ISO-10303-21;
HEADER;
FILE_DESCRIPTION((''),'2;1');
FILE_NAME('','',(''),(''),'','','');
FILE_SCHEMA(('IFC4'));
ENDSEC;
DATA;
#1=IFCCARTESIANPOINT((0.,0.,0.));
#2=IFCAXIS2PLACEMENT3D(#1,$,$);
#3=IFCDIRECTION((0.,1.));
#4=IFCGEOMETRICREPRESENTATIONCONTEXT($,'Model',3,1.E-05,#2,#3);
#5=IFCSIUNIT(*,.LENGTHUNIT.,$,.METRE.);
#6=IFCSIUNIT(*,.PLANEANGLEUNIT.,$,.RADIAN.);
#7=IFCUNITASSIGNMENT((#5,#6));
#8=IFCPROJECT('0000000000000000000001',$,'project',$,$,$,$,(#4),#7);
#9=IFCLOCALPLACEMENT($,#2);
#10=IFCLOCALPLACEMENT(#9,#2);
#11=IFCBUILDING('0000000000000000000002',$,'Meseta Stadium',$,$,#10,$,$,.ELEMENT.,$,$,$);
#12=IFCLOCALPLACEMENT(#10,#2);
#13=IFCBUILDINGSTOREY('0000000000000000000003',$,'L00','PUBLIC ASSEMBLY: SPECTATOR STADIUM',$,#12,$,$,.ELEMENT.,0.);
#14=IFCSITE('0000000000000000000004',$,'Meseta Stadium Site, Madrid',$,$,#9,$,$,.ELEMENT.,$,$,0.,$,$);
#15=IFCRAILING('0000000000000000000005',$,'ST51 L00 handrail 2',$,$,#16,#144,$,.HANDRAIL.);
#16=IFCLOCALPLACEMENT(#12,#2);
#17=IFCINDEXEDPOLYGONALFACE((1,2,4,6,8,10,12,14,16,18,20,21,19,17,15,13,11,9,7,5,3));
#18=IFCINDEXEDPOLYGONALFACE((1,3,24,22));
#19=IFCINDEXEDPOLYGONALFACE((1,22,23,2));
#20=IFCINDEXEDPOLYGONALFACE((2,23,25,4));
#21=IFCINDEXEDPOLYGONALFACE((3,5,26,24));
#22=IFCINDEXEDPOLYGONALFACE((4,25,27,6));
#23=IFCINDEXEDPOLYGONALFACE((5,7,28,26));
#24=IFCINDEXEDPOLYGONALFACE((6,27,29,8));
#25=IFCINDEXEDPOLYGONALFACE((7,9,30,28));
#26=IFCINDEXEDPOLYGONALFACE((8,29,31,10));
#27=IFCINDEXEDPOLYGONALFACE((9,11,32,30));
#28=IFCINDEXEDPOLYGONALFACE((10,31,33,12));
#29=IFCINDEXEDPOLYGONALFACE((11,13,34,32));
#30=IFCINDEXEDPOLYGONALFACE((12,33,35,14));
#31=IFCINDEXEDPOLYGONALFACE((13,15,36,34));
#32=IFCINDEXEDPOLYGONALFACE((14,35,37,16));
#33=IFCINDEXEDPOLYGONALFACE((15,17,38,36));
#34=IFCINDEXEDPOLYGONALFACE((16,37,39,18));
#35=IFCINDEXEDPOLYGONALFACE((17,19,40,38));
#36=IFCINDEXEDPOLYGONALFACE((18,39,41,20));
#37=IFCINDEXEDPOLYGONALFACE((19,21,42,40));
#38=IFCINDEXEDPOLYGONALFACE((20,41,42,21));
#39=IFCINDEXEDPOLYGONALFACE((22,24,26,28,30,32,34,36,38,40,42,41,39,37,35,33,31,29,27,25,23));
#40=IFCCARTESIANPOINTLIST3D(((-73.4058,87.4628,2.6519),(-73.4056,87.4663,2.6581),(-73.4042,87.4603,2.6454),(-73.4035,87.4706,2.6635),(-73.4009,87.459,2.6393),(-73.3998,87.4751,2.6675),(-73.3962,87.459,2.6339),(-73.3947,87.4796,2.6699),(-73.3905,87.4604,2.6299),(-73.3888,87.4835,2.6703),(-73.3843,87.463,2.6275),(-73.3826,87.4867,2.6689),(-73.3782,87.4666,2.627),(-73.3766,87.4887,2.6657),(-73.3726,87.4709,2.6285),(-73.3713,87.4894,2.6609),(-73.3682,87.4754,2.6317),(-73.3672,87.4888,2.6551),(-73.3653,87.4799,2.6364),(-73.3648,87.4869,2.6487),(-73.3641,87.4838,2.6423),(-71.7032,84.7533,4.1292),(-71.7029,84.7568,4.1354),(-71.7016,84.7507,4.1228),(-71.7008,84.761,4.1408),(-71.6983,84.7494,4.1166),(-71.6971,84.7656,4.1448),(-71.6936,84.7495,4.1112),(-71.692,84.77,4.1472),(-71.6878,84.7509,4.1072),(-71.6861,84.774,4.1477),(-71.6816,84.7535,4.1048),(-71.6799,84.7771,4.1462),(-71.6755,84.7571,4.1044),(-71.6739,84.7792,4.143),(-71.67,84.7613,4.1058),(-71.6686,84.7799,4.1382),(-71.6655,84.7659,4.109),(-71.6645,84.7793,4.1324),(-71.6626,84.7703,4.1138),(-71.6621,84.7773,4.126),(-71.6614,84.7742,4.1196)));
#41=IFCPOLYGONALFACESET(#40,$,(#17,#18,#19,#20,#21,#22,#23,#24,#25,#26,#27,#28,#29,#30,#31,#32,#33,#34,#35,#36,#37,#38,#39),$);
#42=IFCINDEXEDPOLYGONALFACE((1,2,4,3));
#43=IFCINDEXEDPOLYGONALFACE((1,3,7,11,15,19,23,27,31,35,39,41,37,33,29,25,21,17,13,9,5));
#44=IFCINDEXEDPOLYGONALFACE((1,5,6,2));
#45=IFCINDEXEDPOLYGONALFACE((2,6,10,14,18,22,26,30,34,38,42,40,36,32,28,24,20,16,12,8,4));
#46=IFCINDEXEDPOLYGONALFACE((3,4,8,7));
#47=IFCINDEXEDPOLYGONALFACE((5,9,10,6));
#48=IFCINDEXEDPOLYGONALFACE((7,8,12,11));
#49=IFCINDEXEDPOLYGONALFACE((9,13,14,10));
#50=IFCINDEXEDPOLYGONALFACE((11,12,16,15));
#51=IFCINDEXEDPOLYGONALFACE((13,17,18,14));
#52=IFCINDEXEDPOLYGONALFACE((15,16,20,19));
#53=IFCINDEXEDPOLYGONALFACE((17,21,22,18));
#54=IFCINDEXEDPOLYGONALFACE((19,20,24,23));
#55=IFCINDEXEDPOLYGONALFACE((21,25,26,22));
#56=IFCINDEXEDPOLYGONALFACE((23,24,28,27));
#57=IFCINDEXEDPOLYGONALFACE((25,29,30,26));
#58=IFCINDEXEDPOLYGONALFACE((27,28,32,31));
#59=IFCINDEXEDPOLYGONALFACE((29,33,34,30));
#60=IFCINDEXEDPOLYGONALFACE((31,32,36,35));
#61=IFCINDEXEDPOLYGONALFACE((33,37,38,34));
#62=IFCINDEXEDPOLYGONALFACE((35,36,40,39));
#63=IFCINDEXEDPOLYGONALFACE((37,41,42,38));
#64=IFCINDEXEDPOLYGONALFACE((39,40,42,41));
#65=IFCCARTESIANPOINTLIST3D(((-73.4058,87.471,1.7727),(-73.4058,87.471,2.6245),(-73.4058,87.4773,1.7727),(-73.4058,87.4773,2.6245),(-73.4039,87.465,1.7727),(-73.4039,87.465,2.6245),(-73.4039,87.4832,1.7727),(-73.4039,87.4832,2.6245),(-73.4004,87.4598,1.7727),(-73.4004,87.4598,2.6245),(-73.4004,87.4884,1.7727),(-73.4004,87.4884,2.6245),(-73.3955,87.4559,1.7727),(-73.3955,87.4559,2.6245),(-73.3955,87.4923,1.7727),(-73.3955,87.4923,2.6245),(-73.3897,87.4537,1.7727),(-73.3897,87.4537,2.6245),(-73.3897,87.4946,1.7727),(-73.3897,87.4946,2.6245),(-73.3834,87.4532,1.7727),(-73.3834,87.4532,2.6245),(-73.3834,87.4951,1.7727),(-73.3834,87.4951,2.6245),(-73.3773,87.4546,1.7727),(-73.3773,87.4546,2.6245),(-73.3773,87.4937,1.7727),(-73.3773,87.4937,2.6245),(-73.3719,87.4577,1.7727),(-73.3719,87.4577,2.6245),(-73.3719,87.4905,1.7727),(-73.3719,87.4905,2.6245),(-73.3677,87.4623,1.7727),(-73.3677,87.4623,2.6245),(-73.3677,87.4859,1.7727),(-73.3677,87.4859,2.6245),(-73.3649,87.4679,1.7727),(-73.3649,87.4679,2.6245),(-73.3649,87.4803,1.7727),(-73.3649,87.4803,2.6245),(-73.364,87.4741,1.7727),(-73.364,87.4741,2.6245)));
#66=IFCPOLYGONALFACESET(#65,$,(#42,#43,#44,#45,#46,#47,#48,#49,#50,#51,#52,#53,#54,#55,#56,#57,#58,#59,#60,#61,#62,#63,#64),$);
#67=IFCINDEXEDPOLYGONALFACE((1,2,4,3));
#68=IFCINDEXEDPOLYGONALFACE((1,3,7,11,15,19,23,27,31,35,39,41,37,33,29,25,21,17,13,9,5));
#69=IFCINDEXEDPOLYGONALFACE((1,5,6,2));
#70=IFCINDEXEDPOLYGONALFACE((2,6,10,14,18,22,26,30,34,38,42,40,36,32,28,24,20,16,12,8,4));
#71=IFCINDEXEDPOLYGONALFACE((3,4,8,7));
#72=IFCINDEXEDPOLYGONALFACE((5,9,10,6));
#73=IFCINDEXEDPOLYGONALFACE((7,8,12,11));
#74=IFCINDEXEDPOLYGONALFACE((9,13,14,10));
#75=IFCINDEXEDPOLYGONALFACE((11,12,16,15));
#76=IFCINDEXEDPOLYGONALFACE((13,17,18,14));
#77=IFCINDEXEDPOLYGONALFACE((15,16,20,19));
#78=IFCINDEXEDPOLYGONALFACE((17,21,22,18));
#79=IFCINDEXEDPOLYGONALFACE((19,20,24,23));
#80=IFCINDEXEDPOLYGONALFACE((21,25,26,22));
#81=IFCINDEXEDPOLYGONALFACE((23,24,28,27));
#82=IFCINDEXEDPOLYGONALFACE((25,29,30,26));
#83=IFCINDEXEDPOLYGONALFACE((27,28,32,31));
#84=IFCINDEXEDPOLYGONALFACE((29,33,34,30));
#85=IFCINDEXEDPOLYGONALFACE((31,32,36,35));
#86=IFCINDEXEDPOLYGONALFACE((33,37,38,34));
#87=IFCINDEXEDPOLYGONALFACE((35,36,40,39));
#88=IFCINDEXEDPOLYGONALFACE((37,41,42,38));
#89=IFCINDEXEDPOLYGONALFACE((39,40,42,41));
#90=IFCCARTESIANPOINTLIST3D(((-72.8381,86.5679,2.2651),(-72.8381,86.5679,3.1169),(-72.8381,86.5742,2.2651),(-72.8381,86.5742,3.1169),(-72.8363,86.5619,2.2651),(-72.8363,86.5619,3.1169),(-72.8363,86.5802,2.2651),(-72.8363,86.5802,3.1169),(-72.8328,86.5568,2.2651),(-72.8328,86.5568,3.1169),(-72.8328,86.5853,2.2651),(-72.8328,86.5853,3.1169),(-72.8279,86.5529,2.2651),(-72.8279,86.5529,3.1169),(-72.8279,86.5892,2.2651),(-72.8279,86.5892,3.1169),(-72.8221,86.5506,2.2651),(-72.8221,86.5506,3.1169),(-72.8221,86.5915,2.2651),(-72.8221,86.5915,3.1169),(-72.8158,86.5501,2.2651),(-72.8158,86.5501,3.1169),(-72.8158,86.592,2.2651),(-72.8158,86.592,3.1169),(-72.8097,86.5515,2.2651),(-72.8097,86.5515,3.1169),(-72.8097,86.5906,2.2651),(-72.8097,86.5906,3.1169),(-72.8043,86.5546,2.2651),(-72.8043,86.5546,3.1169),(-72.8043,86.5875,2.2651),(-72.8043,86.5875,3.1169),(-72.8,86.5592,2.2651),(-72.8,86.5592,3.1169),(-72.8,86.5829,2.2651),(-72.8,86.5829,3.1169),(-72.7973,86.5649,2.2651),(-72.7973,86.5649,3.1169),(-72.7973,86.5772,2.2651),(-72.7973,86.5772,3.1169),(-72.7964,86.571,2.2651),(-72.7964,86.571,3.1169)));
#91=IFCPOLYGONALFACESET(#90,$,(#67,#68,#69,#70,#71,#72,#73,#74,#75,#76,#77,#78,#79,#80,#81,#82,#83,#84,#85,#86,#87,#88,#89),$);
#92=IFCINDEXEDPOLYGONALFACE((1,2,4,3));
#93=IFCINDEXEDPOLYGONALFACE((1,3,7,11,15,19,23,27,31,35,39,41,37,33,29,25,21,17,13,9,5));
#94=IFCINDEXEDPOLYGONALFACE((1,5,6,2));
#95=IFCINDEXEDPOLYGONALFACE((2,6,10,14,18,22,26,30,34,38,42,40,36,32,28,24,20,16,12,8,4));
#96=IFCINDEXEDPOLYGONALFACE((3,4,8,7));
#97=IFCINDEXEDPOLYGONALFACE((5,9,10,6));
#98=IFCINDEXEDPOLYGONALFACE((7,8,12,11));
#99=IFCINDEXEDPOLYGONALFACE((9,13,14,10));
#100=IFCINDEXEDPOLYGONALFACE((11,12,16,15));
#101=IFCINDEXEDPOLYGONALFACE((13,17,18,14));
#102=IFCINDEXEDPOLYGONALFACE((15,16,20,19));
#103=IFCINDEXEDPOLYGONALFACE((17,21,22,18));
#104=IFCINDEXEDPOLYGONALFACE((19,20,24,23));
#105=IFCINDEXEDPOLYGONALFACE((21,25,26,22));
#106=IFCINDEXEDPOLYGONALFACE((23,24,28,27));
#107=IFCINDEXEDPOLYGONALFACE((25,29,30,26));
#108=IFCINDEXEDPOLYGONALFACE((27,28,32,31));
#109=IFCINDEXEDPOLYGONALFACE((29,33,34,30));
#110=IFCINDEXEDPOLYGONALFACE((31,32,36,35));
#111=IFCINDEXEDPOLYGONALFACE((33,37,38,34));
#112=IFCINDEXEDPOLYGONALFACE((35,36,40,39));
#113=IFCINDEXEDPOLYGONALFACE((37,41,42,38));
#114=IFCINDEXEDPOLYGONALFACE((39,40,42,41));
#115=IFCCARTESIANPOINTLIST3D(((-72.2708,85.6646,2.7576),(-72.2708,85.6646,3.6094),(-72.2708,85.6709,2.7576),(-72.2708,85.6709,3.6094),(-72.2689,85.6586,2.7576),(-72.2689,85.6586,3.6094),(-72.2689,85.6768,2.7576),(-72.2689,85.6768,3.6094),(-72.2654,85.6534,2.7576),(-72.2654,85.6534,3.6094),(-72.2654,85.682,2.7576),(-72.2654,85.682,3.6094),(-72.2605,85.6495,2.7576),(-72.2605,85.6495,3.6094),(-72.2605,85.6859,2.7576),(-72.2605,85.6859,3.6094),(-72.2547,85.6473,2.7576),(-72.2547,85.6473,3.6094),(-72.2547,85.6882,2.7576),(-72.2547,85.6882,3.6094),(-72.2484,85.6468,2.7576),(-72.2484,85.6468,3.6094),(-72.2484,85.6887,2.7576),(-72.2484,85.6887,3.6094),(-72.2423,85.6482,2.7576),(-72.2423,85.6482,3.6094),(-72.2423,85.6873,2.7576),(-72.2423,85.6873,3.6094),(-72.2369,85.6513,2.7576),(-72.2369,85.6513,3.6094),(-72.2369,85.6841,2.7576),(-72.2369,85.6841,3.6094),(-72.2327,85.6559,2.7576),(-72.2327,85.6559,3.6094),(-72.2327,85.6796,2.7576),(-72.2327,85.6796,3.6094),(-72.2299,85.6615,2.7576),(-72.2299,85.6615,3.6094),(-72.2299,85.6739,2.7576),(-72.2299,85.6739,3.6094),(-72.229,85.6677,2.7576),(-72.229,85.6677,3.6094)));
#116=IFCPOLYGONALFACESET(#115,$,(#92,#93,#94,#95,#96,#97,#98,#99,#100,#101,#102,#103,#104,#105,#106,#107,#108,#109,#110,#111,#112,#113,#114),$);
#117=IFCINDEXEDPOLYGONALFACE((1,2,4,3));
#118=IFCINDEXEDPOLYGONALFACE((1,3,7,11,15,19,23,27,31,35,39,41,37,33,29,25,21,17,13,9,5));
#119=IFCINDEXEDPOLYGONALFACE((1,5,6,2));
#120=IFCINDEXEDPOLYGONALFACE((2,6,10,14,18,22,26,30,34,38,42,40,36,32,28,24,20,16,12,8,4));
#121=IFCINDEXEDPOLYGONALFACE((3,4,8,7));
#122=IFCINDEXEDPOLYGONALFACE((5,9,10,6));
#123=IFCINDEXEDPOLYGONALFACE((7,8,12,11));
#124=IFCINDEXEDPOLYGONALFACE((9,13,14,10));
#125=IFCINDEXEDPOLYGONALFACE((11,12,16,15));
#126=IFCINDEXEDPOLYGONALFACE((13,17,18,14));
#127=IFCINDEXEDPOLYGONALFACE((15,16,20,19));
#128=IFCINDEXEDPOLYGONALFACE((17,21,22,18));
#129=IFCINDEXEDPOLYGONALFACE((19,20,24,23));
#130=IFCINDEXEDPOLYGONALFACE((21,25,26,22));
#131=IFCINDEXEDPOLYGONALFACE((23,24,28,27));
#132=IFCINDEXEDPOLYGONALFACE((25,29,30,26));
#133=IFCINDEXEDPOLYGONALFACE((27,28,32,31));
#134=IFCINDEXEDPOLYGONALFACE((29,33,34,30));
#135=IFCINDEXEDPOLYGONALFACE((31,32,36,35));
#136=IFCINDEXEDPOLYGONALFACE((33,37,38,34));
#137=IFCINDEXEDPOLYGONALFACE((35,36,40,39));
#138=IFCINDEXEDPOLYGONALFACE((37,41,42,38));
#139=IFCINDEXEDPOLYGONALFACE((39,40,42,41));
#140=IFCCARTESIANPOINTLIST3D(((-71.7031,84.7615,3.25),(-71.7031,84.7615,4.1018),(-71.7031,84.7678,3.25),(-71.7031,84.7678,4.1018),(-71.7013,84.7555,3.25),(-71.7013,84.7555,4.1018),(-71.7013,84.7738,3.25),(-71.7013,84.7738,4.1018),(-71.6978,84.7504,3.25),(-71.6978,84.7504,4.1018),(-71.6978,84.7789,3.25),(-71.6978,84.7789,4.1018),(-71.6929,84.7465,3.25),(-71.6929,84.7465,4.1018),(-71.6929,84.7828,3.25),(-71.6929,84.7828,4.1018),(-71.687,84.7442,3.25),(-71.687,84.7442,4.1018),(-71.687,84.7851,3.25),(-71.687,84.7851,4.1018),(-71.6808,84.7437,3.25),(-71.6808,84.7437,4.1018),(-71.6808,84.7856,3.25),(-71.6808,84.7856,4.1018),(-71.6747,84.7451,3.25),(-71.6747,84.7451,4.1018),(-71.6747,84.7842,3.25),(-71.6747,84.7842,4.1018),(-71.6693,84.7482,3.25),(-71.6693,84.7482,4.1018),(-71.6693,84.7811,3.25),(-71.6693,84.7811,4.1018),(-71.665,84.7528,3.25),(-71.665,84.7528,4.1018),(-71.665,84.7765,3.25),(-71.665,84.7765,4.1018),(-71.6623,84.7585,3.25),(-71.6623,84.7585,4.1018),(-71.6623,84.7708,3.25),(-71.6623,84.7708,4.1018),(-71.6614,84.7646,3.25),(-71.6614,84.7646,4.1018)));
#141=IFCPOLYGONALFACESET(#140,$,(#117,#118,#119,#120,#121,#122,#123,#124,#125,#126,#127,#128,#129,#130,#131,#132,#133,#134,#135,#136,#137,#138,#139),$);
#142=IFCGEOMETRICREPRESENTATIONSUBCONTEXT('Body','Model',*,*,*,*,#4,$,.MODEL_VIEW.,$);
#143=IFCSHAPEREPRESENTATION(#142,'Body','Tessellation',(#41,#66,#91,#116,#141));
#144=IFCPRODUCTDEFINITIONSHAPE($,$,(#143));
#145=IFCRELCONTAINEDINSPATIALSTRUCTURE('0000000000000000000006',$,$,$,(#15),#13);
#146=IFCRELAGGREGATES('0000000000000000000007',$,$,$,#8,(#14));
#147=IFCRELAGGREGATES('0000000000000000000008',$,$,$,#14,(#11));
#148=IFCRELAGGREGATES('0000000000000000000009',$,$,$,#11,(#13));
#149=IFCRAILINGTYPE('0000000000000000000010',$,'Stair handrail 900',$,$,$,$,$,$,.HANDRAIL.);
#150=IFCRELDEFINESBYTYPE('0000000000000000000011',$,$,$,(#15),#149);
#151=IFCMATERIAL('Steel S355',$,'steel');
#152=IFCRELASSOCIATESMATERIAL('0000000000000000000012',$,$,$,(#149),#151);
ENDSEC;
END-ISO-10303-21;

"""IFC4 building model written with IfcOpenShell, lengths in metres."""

from ifc_helpers import new_model, si_unit, direction, frame, origin, origin_2d, place, context, subcontext, project, spatial, circle, extrude, material, type_object, element, save


model = new_model("IFC4")

# Units and contexts
model_context = context("Model", 3, precision=1e-05, world=origin(), true_north=direction((0.0, 1.0)))
body_context = subcontext(model_context, "Body", "Model", "MODEL_VIEW")
ifc_project = project(units=[si_unit("LENGTHUNIT", "METRE"), si_unit("PLANEANGLEUNIT", "RADIAN")], contexts=[model_context])

# Site, building, storey
site_placement = place(None, origin())
site = spatial("IfcSite", under=ifc_project, at=site_placement, Name="Meseta Stadium Site, Madrid", CompositionType="ELEMENT", RefElevation=0.0)
building_placement = place(site_placement, origin())
building = spatial("IfcBuilding", under=site, at=building_placement, Name="Meseta Stadium", CompositionType="ELEMENT")
storey_placement = place(building_placement, origin())
storey = spatial("IfcBuildingStorey", under=building, at=storey_placement, Name="L00", Description="PUBLIC ASSEMBLY: SPECTATOR STADIUM", CompositionType="ELEMENT", Elevation=0.0)

# Railing
ifc_material_1 = material(Name="Steel S355", Category="steel")
railing_type_1 = type_object("IfcRailingType", Name="Stair handrail 900", PredefinedType="HANDRAIL", material=ifc_material_1)
railing_1_placement = place(storey_placement, frame((-73.385, 87.4741, 1.7727)))
element("IfcRailing", 1, at=railing_1_placement, inside=storey, type_object=railing_type_1, Name="ST51 L00 handrail 2", PredefinedType="HANDRAIL", context=body_context, shape_type="SweptSolid", body=[
    extrude(circle(Radius=0.0239, at=origin_2d()), frame((0.0, 0.0, 0.876), z_axis=(0.483076, -0.768738, 0.419142), x_axis=(0.846701, 0.532068, 0.0)), (0.0, 0.0, 1.0), 3.5247),
    extrude(circle(Radius=0.021, at=origin_2d()), origin(), (0.0, 0.0, 1.0), 0.8518),
    extrude(circle(Radius=0.021, at=origin_2d()), frame((0.5676, -0.9031, 0.4924)), (0.0, 0.0, 1.0), 0.8518),
    extrude(circle(Radius=0.021, at=origin_2d()), frame((1.135, -1.8064, 0.9849)), (0.0, 0.0, 1.0), 0.8518),
    extrude(circle(Radius=0.021, at=origin_2d()), frame((1.7026, -2.7095, 1.4773)), (0.0, 0.0, 1.0), 0.8518),
])

save(model, "model.ifc")
